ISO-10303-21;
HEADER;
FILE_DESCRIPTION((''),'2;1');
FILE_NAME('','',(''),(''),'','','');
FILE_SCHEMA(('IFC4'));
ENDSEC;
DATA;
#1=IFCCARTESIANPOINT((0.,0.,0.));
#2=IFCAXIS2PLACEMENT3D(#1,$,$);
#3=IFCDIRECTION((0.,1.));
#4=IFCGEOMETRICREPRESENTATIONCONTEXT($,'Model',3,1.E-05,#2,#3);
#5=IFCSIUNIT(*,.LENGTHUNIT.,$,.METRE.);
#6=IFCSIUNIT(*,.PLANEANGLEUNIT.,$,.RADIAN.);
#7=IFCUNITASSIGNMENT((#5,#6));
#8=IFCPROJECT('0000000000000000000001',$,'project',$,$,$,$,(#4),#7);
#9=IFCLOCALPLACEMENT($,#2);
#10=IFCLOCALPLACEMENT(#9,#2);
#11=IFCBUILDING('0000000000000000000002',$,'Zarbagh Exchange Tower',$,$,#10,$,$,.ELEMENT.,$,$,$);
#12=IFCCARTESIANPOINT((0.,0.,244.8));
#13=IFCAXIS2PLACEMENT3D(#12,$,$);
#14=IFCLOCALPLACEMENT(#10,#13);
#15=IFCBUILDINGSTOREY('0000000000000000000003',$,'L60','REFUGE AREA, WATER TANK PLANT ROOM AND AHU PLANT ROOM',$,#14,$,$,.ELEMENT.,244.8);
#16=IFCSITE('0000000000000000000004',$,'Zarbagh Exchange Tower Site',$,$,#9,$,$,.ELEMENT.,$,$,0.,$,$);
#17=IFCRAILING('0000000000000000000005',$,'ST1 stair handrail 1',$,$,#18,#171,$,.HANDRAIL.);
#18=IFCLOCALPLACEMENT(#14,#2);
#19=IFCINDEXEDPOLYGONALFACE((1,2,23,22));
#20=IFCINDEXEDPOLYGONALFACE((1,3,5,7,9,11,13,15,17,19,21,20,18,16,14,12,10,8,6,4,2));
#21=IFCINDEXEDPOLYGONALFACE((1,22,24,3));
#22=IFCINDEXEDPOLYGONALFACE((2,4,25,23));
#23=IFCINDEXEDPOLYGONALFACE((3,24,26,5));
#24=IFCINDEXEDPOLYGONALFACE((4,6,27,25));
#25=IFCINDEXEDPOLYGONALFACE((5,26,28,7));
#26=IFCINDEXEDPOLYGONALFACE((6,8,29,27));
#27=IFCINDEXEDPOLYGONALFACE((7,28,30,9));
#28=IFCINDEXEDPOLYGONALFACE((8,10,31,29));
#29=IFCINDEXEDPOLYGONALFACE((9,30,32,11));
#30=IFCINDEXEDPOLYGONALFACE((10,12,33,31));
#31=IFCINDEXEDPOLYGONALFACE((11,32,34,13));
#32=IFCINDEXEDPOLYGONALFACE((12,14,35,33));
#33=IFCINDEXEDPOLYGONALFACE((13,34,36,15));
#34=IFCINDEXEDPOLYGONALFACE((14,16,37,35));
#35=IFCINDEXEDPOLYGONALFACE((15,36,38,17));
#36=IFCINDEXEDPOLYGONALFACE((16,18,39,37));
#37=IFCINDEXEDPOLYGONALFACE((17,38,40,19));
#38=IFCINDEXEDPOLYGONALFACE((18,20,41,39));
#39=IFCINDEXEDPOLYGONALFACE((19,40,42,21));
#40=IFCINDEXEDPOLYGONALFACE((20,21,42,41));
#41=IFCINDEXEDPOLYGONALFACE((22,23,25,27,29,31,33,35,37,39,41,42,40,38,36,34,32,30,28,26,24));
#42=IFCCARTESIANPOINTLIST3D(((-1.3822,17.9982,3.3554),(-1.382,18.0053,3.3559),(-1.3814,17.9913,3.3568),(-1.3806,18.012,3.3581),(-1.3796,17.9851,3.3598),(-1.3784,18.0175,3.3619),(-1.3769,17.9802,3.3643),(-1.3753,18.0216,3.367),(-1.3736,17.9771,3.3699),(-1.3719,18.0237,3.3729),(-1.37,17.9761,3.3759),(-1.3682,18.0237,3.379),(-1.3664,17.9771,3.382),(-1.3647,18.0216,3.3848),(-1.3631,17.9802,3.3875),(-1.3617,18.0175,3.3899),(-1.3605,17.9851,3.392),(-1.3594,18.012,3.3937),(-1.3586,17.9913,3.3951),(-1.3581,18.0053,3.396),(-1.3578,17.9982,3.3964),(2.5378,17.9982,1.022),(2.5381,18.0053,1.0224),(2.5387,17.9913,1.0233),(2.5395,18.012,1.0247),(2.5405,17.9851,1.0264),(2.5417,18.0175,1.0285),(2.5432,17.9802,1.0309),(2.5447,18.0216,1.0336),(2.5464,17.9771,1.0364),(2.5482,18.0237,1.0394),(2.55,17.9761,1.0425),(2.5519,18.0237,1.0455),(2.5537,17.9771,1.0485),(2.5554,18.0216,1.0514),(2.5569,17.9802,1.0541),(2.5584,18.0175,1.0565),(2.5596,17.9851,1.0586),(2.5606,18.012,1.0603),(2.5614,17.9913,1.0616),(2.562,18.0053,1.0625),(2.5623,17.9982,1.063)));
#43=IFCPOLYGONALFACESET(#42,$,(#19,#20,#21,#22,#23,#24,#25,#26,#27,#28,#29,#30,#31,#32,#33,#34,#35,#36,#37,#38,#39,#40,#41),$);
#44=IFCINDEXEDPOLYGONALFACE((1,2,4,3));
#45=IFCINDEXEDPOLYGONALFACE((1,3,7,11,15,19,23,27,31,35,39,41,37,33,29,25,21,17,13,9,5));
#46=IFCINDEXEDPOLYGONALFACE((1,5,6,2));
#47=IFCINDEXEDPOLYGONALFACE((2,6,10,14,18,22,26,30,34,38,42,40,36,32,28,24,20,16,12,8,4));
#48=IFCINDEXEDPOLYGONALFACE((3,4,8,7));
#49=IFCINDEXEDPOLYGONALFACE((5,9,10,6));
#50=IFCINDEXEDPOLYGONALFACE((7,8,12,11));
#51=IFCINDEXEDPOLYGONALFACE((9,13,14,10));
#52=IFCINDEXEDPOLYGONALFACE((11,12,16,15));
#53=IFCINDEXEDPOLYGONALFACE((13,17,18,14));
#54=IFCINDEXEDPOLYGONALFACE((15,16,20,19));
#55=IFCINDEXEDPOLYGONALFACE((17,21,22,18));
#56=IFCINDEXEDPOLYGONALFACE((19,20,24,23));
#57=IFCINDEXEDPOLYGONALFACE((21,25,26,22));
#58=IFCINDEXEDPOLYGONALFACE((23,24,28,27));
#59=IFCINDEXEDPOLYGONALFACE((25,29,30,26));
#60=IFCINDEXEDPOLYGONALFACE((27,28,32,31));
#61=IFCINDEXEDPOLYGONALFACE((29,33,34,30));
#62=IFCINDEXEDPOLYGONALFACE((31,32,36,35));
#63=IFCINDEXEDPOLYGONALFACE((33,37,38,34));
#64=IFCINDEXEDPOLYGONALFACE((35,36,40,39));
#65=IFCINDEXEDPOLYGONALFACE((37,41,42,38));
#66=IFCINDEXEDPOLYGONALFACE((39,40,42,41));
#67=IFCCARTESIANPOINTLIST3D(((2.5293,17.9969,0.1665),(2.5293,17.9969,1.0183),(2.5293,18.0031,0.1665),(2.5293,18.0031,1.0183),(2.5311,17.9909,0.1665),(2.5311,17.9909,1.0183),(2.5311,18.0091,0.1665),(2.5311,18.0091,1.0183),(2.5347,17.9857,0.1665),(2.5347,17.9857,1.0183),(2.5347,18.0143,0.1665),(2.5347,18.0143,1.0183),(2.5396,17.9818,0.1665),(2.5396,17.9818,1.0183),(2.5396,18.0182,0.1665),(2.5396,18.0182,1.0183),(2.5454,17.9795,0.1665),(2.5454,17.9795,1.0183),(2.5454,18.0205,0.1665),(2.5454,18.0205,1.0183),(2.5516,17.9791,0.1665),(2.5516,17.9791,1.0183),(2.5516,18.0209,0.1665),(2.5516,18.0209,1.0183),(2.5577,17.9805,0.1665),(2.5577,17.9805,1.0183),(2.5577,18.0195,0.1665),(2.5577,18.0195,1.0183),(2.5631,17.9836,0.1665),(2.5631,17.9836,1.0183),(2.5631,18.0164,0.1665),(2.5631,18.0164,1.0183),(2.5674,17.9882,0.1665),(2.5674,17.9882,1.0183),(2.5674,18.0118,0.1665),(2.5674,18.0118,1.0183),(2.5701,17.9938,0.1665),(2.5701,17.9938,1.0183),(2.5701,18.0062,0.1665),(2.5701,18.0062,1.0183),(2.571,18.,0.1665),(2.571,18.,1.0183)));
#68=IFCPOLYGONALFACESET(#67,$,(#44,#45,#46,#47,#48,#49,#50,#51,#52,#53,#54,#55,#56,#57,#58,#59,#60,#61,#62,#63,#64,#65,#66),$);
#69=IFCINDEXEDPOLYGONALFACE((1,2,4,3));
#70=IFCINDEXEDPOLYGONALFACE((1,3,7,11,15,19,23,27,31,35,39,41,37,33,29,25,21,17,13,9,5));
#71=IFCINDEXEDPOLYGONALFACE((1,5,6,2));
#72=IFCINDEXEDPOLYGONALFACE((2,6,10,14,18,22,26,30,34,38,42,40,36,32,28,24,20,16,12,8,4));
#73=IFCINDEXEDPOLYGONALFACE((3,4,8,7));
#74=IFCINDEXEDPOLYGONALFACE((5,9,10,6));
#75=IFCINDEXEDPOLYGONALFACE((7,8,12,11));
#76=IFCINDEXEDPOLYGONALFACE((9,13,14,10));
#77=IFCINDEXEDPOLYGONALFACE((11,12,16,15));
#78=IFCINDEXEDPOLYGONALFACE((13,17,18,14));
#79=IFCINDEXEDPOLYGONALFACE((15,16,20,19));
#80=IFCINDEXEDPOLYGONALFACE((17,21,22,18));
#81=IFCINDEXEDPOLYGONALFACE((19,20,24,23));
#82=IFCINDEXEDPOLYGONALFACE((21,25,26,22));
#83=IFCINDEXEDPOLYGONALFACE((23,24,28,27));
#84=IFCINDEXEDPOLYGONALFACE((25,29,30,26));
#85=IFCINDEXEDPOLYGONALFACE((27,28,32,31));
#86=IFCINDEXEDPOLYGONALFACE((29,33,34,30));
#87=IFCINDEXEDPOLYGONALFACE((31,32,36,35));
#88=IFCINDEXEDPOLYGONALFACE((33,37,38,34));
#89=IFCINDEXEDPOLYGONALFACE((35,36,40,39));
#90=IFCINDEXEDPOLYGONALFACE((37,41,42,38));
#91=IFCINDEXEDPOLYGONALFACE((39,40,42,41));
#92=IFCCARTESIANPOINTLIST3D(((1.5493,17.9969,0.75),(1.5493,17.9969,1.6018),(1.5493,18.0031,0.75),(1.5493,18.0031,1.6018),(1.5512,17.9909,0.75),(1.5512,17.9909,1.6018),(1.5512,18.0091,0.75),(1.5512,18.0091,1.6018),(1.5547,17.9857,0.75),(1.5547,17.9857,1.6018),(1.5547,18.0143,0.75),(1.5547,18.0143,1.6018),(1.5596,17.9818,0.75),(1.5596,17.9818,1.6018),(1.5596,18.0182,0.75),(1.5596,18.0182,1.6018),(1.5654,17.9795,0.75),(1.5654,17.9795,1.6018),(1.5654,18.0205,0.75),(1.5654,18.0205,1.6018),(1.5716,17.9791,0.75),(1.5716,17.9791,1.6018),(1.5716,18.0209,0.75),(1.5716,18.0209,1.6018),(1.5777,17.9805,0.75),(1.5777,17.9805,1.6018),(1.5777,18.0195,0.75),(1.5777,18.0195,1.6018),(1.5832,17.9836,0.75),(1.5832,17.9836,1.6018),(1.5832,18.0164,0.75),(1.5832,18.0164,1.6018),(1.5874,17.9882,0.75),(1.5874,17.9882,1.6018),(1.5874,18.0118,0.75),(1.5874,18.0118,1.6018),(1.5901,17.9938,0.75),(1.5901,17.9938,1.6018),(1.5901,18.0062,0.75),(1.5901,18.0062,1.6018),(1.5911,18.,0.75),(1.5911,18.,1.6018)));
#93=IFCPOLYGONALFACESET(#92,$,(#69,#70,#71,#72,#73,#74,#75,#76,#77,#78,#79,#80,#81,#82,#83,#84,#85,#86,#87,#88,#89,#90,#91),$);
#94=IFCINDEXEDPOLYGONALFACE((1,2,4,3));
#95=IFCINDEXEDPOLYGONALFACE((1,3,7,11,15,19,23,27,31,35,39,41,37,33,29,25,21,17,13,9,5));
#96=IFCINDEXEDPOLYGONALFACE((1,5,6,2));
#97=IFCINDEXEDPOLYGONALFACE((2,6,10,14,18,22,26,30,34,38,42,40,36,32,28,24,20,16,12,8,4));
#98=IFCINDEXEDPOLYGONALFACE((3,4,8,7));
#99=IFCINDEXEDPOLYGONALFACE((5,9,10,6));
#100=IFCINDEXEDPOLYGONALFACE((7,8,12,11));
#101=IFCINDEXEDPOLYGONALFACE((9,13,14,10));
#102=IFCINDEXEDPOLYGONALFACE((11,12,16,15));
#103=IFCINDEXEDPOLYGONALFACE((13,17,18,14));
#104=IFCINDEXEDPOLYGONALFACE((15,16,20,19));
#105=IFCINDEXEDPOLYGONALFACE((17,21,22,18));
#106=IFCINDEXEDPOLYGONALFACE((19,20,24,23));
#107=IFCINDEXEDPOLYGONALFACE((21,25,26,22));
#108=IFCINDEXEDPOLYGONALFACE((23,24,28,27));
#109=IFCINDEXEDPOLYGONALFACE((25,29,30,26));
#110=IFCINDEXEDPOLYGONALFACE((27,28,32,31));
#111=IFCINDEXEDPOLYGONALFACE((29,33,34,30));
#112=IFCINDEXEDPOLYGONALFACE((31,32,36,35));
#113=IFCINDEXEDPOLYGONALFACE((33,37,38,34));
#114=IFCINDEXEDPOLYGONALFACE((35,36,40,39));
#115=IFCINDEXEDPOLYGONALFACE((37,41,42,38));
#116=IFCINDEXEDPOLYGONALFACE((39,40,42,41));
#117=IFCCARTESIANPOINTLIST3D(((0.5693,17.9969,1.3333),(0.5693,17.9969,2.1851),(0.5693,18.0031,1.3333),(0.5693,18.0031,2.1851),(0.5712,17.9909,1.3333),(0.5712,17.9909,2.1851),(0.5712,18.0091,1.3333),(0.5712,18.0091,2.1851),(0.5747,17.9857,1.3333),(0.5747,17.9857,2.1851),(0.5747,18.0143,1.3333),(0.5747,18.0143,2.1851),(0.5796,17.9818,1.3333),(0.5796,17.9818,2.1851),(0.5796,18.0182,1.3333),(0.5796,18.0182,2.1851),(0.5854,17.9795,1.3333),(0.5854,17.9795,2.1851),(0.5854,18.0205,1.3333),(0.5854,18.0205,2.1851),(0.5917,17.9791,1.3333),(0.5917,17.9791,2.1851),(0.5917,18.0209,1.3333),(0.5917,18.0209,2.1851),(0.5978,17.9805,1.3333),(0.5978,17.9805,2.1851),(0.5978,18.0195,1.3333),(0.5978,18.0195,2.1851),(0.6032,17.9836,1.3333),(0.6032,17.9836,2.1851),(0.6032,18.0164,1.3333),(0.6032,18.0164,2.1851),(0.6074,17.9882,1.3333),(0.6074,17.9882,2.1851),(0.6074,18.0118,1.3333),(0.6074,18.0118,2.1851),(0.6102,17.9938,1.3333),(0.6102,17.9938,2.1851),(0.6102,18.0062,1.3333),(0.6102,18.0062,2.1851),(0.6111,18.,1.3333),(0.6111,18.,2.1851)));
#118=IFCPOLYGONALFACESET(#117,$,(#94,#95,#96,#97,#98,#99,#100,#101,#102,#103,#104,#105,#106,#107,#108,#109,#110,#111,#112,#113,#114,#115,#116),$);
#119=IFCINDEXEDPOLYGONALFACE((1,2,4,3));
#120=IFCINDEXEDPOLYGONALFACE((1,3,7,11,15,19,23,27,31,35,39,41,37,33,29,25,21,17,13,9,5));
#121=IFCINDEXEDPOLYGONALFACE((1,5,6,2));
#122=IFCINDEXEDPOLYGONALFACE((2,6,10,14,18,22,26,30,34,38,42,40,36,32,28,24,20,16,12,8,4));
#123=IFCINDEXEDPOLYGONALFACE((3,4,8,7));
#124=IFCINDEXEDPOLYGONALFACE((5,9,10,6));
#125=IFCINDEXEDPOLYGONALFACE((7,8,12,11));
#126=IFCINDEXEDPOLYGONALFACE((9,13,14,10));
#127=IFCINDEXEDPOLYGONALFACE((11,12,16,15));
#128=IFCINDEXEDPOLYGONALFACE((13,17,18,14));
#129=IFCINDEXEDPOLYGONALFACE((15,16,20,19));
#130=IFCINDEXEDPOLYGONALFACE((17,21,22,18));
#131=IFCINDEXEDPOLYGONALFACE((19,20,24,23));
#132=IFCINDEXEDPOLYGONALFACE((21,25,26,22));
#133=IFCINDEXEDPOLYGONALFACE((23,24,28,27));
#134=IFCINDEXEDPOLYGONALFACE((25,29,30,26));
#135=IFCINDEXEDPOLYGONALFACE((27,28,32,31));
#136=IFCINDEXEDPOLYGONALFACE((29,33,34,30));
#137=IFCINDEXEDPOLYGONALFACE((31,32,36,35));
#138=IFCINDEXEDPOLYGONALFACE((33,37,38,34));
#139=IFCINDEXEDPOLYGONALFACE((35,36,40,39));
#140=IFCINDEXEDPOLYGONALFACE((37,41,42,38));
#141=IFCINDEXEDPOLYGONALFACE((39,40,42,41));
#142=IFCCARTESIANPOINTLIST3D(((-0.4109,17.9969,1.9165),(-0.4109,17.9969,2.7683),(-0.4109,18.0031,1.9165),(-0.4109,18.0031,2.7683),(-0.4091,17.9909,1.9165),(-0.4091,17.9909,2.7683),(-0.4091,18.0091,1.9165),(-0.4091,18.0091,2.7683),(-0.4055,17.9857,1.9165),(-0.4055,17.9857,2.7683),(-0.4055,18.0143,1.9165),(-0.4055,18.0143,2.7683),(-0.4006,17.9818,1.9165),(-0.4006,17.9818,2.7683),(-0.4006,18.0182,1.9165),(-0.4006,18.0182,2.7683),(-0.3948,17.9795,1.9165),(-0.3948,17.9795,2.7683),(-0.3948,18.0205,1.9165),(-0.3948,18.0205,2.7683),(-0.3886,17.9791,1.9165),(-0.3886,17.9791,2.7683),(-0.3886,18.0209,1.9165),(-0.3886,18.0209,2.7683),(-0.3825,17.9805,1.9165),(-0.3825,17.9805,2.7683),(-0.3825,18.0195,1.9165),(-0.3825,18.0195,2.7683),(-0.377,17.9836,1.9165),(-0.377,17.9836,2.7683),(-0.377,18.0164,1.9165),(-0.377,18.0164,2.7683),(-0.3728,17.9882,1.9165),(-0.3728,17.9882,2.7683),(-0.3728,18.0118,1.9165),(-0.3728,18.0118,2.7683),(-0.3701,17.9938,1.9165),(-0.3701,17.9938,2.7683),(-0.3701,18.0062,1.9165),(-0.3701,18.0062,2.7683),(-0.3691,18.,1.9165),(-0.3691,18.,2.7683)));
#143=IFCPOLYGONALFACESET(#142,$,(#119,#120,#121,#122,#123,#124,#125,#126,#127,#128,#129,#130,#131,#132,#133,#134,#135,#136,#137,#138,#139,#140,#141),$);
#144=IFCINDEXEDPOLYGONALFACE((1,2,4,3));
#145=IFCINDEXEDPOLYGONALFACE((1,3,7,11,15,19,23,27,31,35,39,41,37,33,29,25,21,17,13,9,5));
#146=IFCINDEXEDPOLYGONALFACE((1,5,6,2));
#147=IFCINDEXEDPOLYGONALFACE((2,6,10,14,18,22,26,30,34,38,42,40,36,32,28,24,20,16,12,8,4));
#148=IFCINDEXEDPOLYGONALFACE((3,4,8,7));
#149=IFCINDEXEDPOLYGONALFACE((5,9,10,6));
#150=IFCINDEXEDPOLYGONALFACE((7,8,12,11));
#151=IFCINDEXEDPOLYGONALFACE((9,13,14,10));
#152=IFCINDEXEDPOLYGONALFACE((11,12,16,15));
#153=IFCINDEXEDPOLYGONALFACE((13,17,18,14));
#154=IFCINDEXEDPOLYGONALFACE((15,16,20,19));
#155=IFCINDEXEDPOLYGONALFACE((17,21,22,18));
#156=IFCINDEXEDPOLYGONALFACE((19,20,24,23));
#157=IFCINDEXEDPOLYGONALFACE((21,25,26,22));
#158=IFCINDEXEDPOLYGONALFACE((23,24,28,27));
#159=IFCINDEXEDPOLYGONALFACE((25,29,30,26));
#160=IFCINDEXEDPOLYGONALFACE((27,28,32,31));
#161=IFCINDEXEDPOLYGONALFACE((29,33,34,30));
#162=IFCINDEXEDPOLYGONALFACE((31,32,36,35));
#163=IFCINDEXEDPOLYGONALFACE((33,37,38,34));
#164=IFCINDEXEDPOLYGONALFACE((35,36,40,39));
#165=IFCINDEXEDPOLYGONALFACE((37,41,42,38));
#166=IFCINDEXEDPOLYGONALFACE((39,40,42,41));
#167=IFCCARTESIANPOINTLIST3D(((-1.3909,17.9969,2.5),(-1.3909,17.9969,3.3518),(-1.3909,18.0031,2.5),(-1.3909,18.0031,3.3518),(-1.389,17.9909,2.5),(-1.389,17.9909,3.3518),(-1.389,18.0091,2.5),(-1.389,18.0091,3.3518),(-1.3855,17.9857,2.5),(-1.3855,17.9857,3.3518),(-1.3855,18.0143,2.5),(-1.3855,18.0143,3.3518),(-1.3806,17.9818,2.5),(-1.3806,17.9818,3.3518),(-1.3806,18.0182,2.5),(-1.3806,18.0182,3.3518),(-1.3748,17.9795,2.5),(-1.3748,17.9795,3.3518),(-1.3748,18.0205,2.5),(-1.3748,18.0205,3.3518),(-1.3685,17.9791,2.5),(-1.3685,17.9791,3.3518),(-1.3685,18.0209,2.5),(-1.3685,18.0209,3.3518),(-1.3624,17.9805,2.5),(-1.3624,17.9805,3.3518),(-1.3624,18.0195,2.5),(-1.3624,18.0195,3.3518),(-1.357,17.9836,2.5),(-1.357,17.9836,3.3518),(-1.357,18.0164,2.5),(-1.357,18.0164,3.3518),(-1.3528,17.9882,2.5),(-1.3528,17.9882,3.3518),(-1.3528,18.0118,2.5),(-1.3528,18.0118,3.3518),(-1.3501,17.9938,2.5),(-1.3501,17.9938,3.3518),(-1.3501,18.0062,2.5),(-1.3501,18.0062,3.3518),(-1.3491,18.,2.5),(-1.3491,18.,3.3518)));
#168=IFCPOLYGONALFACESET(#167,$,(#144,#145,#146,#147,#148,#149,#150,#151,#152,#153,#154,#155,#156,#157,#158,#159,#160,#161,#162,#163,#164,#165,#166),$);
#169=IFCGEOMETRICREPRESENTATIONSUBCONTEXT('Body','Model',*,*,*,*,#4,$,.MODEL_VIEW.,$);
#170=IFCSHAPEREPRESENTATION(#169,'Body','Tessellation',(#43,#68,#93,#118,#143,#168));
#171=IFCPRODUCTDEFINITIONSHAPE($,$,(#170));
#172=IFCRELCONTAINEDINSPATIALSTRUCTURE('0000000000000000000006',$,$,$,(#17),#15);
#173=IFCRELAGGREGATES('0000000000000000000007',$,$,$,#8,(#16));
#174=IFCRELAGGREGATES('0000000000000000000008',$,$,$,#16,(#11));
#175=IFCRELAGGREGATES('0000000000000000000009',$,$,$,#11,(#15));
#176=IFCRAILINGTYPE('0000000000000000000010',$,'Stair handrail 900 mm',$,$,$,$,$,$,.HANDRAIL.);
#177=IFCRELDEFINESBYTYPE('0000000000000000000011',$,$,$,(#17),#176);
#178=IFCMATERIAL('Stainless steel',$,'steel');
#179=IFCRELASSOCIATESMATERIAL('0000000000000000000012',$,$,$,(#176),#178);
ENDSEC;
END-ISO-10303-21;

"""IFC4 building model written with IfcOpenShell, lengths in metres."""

from ifc_helpers import new_model, si_unit, direction, frame, origin, origin_2d, place, context, subcontext, project, spatial, circle, extrude, material, type_object, element, save


model = new_model("IFC4")

# Units and contexts
model_context = context("Model", 3, precision=1e-05, world=origin(), true_north=direction((0.0, 1.0)))
body_context = subcontext(model_context, "Body", "Model", "MODEL_VIEW")
ifc_project = project(units=[si_unit("LENGTHUNIT", "METRE"), si_unit("PLANEANGLEUNIT", "RADIAN")], contexts=[model_context])

# Site, building, storey
site_placement = place(None, origin())
site = spatial("IfcSite", under=ifc_project, at=site_placement, Name="Zarbagh Exchange Tower Site", CompositionType="ELEMENT", RefElevation=0.0)
building_placement = place(site_placement, origin())
building = spatial("IfcBuilding", under=site, at=building_placement, Name="Zarbagh Exchange Tower", CompositionType="ELEMENT")
storey_placement = place(building_placement, frame((0.0, 0.0, 244.8)))
storey = spatial("IfcBuildingStorey", under=building, at=storey_placement, Name="L60", Description="REFUGE AREA, WATER TANK PLANT ROOM AND AHU PLANT ROOM", CompositionType="ELEMENT", Elevation=244.8)

# Shared definitions
ifc_material_1 = material(Name="Stainless steel", Category="steel")

# Railing
railing_type_1 = type_object("IfcRailingType", Name="Stair handrail 900 mm", PredefinedType="HANDRAIL", material=ifc_material_1)
railing_1_placement = place(storey_placement, frame((2.55, 18.0, 0.1665)))
element("IfcRailing", 1, at=railing_1_placement, inside=storey, type_object=railing_type_1, Name="ST1 stair handrail 1", PredefinedType="HANDRAIL", context=body_context, shape_type="SweptSolid", body=[
    extrude(circle(Radius=0.0239, at=origin_2d()), frame((0.0, 0.0, 0.876), z_axis=(-0.859287, 0.0, 0.511494), x_axis=(0.0, -1.0, 0.0)), (0.0, 0.0, 1.0), 4.562),
    extrude(circle(Radius=0.021, at=origin_2d()), origin(), (0.0, 0.0, 1.0), 0.8518),
    extrude(circle(Radius=0.021, at=origin_2d()), frame((-0.98, 0.0, 0.5835)), (0.0, 0.0, 1.0), 0.8518),
    extrude(circle(Radius=0.021, at=origin_2d()), frame((-1.96, 0.0, 1.1667)), (0.0, 0.0, 1.0), 0.8518),
    extrude(circle(Radius=0.021, at=origin_2d()), frame((-2.9402, 0.0, 1.75)), (0.0, 0.0, 1.0), 0.8518),
    extrude(circle(Radius=0.021, at=origin_2d()), frame((-3.9202, 0.0, 2.3335)), (0.0, 0.0, 1.0), 0.8518),
])

save(model, "model.ifc")
